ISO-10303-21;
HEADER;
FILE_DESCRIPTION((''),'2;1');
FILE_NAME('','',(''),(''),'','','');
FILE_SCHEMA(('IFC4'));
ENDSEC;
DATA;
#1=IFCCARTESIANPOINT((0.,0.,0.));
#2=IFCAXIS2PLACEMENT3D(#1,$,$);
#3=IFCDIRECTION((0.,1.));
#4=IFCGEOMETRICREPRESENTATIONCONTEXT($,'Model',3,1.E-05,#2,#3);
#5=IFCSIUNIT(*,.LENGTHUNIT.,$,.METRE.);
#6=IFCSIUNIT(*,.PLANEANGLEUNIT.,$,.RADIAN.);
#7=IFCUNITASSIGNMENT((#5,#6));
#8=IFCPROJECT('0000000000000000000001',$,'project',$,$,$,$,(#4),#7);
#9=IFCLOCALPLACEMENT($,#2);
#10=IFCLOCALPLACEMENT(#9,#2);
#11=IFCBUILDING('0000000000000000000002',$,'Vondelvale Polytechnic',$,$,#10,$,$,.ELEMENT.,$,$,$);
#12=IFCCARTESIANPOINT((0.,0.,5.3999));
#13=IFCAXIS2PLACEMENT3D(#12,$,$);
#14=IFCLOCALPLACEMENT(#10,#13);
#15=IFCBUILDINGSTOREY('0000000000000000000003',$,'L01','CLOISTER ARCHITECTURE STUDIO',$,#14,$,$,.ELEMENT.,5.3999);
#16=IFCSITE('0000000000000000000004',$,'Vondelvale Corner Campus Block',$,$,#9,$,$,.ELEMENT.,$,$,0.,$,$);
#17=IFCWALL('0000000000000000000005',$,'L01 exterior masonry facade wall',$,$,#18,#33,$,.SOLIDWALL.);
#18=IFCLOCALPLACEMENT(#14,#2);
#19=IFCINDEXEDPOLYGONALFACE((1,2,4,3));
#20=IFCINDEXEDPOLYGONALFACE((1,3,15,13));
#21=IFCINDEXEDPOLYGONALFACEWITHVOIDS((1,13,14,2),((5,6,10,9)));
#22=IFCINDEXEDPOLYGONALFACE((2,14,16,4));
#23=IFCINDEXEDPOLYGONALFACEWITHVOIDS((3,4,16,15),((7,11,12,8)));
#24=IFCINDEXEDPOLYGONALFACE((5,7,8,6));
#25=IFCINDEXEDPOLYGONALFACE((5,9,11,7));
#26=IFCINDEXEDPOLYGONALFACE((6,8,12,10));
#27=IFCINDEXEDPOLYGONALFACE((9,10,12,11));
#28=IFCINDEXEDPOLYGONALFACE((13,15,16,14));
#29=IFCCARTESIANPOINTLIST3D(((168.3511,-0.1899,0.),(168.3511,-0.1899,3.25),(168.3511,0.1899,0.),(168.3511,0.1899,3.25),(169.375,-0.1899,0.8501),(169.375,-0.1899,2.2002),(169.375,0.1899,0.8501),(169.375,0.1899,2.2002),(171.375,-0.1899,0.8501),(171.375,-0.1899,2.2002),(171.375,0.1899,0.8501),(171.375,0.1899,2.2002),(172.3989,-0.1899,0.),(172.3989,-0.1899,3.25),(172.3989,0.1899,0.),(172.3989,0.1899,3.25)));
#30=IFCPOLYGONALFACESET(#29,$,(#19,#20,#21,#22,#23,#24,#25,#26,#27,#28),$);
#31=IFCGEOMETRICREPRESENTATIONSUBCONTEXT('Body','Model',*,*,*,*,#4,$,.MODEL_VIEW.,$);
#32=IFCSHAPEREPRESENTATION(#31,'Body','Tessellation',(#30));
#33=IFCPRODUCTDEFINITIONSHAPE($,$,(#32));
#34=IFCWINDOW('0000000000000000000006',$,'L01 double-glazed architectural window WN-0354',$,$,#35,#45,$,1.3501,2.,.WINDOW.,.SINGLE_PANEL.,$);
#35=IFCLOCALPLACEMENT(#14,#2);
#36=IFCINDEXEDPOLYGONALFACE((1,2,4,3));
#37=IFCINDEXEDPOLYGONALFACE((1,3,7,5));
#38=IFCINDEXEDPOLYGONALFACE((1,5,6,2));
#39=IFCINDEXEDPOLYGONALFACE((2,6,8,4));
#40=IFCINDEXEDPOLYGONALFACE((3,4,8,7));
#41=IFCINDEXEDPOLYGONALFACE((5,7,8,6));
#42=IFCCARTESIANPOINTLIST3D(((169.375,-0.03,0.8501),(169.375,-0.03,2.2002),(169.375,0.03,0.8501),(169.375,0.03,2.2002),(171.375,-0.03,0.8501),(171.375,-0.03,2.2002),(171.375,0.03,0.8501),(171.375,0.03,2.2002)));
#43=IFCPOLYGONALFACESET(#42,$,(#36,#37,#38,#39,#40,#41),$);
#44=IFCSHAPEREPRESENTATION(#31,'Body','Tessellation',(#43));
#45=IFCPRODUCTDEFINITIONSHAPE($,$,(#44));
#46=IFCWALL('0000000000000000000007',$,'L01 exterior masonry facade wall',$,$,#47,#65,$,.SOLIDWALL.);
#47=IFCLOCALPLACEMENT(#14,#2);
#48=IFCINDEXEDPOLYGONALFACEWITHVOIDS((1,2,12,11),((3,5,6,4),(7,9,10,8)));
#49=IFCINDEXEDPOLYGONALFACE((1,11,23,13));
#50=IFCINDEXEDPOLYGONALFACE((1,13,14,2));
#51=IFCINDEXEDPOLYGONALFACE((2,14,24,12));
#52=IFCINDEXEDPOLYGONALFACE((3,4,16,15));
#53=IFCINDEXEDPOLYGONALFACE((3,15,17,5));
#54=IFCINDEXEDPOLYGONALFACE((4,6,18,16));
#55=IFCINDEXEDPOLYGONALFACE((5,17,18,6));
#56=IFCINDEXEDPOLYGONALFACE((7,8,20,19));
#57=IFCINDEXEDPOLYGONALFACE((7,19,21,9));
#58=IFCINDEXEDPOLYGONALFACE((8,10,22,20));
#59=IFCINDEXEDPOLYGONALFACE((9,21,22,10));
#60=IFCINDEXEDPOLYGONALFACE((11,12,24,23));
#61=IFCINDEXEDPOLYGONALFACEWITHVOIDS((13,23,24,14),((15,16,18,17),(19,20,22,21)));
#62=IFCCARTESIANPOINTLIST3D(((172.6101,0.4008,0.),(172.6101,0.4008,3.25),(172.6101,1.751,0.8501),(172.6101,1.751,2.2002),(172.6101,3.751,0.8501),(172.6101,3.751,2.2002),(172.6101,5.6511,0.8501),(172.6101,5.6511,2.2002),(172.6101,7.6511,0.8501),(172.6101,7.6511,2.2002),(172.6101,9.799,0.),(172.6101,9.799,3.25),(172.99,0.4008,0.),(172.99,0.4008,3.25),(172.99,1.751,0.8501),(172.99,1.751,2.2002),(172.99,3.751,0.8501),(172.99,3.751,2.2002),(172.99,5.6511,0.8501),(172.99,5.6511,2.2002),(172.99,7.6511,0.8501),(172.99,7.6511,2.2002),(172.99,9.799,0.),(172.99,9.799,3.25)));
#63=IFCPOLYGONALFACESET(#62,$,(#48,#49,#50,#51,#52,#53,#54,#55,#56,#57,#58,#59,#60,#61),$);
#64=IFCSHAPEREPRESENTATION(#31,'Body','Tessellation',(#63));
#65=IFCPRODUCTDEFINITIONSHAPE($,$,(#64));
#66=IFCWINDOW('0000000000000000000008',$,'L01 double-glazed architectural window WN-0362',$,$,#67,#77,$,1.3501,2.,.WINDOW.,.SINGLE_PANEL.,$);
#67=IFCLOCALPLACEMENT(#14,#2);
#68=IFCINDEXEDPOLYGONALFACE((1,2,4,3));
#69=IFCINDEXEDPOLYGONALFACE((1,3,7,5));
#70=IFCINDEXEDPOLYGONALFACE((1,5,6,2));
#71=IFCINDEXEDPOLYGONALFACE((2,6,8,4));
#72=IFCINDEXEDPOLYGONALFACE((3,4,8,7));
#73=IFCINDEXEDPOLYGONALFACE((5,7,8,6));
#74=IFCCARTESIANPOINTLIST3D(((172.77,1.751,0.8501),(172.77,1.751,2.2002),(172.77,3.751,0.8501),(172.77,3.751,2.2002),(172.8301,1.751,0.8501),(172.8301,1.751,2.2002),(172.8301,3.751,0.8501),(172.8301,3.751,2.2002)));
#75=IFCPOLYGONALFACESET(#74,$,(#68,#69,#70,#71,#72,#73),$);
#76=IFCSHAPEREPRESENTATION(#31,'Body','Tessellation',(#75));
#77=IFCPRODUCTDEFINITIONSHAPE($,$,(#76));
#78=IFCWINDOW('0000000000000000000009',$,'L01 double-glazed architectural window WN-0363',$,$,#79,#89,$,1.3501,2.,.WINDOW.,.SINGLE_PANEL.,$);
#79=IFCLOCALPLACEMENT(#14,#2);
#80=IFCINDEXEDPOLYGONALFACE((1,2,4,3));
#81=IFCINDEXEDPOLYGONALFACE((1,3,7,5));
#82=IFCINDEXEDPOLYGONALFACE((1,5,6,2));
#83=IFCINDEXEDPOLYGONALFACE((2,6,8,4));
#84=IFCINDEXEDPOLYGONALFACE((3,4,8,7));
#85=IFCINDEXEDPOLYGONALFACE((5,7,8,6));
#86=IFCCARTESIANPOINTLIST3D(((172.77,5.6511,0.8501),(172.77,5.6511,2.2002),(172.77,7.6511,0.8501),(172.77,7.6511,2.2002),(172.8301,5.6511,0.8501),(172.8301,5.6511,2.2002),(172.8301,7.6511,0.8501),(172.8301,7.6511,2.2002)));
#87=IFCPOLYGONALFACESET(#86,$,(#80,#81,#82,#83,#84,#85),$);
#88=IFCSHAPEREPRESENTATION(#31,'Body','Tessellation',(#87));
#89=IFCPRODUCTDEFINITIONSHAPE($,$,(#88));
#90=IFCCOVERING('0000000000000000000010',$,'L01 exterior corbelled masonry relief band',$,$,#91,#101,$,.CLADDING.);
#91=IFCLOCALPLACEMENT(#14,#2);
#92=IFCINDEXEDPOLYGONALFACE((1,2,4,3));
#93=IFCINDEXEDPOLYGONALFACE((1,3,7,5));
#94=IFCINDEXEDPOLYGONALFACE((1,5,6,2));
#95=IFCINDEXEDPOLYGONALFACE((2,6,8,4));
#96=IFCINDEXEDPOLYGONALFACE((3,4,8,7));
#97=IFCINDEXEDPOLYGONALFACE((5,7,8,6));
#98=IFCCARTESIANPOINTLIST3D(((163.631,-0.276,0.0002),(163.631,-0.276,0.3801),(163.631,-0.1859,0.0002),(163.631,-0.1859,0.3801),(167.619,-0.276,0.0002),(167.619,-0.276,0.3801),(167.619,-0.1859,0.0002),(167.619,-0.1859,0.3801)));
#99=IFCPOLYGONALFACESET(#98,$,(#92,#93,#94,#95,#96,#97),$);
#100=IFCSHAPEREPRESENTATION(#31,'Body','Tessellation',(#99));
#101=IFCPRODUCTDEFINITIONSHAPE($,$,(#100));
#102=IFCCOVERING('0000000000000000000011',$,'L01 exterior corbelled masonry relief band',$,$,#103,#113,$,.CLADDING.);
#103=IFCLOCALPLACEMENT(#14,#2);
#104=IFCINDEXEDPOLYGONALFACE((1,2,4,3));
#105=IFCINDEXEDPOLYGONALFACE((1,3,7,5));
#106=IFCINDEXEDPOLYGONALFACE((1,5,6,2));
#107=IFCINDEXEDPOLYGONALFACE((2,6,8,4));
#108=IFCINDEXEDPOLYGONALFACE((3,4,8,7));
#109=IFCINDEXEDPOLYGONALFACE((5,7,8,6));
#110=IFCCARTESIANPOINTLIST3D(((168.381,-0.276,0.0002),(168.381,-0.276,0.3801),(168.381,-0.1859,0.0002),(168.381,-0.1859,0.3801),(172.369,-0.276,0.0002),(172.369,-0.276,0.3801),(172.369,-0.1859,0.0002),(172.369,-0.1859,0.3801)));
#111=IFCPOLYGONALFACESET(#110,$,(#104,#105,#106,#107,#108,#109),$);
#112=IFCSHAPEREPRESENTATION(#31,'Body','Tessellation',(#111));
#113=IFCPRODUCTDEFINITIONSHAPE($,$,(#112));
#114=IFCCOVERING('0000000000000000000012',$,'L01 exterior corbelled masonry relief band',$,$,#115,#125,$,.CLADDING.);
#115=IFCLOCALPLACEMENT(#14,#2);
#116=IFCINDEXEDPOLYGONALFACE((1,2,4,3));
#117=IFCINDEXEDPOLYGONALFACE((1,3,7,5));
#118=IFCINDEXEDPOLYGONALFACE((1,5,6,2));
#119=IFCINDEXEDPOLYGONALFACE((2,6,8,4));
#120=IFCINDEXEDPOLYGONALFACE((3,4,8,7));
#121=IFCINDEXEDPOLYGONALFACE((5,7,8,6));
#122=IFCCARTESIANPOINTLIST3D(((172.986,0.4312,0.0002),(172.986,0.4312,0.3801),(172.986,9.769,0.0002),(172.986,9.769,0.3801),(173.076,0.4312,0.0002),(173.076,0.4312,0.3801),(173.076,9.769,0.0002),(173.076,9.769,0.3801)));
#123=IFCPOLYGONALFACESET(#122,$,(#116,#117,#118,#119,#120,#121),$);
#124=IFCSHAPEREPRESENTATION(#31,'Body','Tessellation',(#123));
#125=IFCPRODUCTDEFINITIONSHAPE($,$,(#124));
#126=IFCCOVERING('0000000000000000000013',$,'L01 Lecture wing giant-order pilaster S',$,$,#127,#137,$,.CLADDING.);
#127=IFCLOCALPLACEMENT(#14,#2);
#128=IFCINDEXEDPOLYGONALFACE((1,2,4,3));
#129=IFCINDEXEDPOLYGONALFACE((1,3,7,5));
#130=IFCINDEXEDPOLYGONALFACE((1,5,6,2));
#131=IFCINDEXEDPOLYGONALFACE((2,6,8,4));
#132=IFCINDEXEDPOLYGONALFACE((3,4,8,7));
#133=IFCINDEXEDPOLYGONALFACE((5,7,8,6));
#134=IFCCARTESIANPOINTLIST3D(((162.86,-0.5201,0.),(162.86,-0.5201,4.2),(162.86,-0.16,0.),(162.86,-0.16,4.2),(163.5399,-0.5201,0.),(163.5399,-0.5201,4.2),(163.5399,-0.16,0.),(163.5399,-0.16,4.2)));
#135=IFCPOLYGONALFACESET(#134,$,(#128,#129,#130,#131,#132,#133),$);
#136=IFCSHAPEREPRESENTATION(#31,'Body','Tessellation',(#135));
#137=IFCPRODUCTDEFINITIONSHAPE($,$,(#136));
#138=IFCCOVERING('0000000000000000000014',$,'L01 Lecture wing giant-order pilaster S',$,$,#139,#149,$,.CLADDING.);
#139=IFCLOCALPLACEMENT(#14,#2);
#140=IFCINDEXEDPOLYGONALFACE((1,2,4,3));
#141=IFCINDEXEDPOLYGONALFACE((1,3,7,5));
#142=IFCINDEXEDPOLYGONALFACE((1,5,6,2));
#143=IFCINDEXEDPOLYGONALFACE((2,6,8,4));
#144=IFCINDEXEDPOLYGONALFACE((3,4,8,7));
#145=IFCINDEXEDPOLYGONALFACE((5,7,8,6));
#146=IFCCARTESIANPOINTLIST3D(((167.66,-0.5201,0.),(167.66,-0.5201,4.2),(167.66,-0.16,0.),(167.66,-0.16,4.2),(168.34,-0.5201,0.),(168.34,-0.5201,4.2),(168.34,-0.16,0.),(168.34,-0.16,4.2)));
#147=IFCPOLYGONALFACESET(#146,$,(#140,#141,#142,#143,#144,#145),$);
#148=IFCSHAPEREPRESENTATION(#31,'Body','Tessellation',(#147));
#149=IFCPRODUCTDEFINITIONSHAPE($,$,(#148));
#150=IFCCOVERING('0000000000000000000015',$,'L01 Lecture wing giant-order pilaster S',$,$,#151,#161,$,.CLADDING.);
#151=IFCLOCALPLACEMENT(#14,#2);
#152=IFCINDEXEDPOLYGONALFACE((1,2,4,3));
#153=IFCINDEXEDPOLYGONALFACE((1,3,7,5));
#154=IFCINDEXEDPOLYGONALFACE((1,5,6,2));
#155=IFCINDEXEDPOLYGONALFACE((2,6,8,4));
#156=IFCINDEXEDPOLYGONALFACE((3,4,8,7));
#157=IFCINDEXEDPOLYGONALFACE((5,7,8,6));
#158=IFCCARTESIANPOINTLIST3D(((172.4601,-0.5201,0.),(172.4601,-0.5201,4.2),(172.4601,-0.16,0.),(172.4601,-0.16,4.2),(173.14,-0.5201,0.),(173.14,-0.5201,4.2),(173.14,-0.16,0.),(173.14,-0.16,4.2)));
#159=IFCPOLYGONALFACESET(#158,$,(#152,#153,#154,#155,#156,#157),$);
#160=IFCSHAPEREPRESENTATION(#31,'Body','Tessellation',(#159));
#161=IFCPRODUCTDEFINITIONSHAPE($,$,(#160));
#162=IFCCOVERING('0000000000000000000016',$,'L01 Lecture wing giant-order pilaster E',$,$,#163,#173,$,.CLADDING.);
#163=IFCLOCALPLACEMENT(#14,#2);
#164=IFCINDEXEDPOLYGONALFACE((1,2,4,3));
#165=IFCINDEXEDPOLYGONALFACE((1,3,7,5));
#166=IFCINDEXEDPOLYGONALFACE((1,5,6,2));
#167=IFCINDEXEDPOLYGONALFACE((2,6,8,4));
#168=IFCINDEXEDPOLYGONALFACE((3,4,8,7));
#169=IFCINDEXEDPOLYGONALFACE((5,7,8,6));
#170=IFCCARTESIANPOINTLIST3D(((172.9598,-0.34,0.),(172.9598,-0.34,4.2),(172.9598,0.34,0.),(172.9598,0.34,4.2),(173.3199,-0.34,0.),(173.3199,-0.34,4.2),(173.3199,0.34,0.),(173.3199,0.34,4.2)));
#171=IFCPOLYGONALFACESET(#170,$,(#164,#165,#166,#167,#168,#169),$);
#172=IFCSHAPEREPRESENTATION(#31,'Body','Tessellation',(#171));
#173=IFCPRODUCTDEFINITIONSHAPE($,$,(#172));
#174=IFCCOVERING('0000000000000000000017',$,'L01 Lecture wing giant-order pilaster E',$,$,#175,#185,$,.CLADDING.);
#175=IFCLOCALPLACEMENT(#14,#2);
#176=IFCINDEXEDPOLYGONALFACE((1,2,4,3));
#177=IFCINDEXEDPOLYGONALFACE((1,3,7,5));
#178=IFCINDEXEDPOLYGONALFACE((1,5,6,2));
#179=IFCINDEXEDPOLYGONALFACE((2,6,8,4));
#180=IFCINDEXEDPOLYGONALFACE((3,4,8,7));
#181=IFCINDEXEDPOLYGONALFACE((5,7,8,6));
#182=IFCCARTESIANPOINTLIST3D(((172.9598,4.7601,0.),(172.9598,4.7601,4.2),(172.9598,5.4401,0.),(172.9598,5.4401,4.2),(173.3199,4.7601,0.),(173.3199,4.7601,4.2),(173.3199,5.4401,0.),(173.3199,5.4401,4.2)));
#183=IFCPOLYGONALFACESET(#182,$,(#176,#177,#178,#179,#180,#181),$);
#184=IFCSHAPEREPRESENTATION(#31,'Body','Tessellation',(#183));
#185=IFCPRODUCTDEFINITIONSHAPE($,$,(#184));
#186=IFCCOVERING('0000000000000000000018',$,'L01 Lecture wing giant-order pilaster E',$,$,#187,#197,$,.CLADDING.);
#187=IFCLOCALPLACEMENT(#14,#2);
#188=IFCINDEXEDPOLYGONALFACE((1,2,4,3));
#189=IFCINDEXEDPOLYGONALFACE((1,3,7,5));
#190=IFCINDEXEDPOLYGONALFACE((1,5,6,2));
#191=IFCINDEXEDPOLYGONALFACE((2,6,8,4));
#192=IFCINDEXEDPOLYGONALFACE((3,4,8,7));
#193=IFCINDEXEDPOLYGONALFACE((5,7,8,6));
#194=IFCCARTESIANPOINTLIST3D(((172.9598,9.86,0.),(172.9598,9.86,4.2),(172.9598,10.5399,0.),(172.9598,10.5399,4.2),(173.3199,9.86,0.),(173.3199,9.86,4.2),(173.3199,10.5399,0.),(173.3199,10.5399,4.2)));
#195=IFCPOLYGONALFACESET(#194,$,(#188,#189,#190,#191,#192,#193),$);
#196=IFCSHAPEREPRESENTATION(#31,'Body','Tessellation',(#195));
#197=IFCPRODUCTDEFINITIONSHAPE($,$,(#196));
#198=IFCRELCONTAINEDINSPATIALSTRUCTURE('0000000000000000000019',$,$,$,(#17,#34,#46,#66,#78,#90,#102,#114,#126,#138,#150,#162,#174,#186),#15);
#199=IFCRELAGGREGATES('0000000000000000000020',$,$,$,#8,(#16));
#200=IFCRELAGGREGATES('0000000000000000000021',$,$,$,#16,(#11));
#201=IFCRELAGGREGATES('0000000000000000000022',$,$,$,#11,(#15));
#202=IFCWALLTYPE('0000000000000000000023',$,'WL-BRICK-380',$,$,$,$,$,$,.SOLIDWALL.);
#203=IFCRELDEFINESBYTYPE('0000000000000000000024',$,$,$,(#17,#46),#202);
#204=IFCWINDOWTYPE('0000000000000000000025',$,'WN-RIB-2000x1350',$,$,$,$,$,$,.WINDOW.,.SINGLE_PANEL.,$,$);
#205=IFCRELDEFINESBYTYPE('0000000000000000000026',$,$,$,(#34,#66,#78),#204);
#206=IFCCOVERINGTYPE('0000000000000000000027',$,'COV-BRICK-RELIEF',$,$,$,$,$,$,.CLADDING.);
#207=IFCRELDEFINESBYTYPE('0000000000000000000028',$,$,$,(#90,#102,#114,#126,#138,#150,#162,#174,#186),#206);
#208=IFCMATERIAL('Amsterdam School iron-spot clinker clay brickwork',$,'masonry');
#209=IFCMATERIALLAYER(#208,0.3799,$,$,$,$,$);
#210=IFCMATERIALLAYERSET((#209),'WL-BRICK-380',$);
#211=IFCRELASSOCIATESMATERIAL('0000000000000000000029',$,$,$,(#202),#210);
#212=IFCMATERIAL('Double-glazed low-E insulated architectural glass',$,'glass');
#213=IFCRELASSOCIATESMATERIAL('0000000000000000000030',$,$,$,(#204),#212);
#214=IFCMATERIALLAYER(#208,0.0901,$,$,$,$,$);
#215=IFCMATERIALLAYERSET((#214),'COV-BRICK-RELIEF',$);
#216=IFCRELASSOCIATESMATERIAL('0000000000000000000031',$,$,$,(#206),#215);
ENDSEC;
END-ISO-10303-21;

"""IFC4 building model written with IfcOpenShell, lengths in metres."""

from ifc_helpers import new_model, si_unit, direction, frame, frame_2d, origin, origin_2d, place, context, subcontext, project, spatial, rectangle, extrude, material, layer, layer_set, type_object, element, fill, save


model = new_model("IFC4")

# Units and contexts
model_context = context("Model", 3, precision=1e-05, world=origin(), true_north=direction((0.0, 1.0)))
body_context = subcontext(model_context, "Body", "Model", "MODEL_VIEW")
ifc_project = project(units=[si_unit("LENGTHUNIT", "METRE"), si_unit("PLANEANGLEUNIT", "RADIAN")], contexts=[model_context])

# Site, building, storey
site_placement = place(None, origin())
site = spatial("IfcSite", under=ifc_project, at=site_placement, Name="Vondelvale Corner Campus Block", CompositionType="ELEMENT", RefElevation=0.0)
building_placement = place(site_placement, origin())
building = spatial("IfcBuilding", under=site, at=building_placement, Name="Vondelvale Polytechnic", CompositionType="ELEMENT")
storey_placement = place(building_placement, frame((0.0, 0.0, 5.3999)))
storey = spatial("IfcBuildingStorey", under=building, at=storey_placement, Name="L01", Description="CLOISTER ARCHITECTURE STUDIO", CompositionType="ELEMENT", Elevation=5.3999)

# Wall, opening, window
ifc_material_1 = material(Name="Amsterdam School iron-spot clinker clay brickwork", Category="masonry")
ifc_layer_1 = layer(ifc_material_1, 0.3799)
ifc_layer_set_1 = layer_set([ifc_layer_1], Name="WL-BRICK-380")
wall_type = type_object("IfcWallType", Name="WL-BRICK-380", PredefinedType="SOLIDWALL", material=ifc_layer_set_1)
ifc_material_2 = material(Name="Double-glazed low-E insulated architectural glass", Category="glass")
window_type = type_object("IfcWindowType", Name="WN-RIB-2000x1350", PartitioningType="SINGLE_PANEL", PredefinedType="WINDOW", material=ifc_material_2)
wall_1_placement = place(storey_placement, frame((172.3989, 0.0, 0.0), z_axis=(0.0, 0.0, 1.0), x_axis=(-1.0, 0.0, 0.0)))
wall_1 = element("IfcWall", 1, at=wall_1_placement, inside=storey, type_object=wall_type, Name="L01 exterior masonry facade wall", PredefinedType="SOLIDWALL", context=body_context, shape_type="SweptSolid", body=[
    extrude(rectangle(XDim=4.0479, YDim=0.3799, at=frame_2d((2.0239, 0.0))), origin(), (0.0, 0.0, 1.0), 3.25),
])
opening_1_placement = place(wall_1_placement, frame((1.0239, 0.0, 0.8501)))
opening_1 = element("IfcOpeningElement", 2, at=opening_1_placement, cuts=wall_1, PredefinedType="OPENING", context=body_context, shape_type="SweptSolid", body=[
    extrude(rectangle(XDim=2.0, YDim=1.3501, at=frame_2d((1.0, 0.675))), frame((0.0, 0.2, 0.0), z_axis=(0.0, -1.0, 0.0), x_axis=(1.0, 0.0, 0.0)), (0.0, 0.0, 1.0), 0.3999),
])
window_1_placement = place(opening_1_placement, origin())
window_1 = element("IfcWindow", 3, at=window_1_placement, inside=storey, type_object=window_type, Name="L01 double-glazed architectural window WN-0354", OverallHeight=1.3501, OverallWidth=2.0, PartitioningType="SINGLE_PANEL", PredefinedType="WINDOW", context=body_context, shape_type="SweptSolid", body=[
    extrude(rectangle(XDim=2.0, YDim=1.3501, at=frame_2d((1.0, 0.675))), frame((0.0, 0.03, 0.0), z_axis=(0.0, -1.0, 0.0), x_axis=(1.0, 0.0, 0.0)), (0.0, 0.0, 1.0), 0.0601),
])
fill(opening_1, window_1)

# Wall, openings, windows
wall_2_placement = place(storey_placement, frame((172.8, 9.7991, 0.0), z_axis=(0.0, 0.0, 1.0), x_axis=(0.0, -1.0, 0.0)))
wall_2 = element("IfcWall", 4, at=wall_2_placement, inside=storey, type_object=wall_type, Name="L01 exterior masonry facade wall", PredefinedType="SOLIDWALL", context=body_context, shape_type="SweptSolid", body=[
    extrude(rectangle(XDim=9.3982, YDim=0.3799, at=frame_2d((4.6992, 0.0))), origin(), (0.0, 0.0, 1.0), 3.25),
])
opening_2_placement = place(wall_2_placement, frame((6.0481, 0.0, 0.8501)))
opening_2 = element("IfcOpeningElement", 5, at=opening_2_placement, cuts=wall_2, PredefinedType="OPENING", context=body_context, shape_type="SweptSolid", body=[
    extrude(rectangle(XDim=2.0, YDim=1.3501, at=frame_2d((1.0, 0.675))), frame((0.0, 0.2, 0.0), z_axis=(0.0, -1.0, 0.0), x_axis=(1.0, 0.0, 0.0)), (0.0, 0.0, 1.0), 0.3999),
])
opening_3_placement = place(wall_2_placement, frame((2.1479, 0.0, 0.8501)))
opening_3 = element("IfcOpeningElement", 6, at=opening_3_placement, cuts=wall_2, PredefinedType="OPENING", context=body_context, shape_type="SweptSolid", body=[
    extrude(rectangle(XDim=2.0, YDim=1.3501, at=frame_2d((1.0, 0.675))), frame((0.0, 0.2, 0.0), z_axis=(0.0, -1.0, 0.0), x_axis=(1.0, 0.0, 0.0)), (0.0, 0.0, 1.0), 0.3999),
])
window_2_placement = place(opening_2_placement, origin())
window_2 = element("IfcWindow", 7, at=window_2_placement, inside=storey, type_object=window_type, Name="L01 double-glazed architectural window WN-0362", OverallHeight=1.3501, OverallWidth=2.0, PartitioningType="SINGLE_PANEL", PredefinedType="WINDOW", context=body_context, shape_type="SweptSolid", body=[
    extrude(rectangle(XDim=2.0, YDim=1.3501, at=frame_2d((1.0, 0.675))), frame((0.0, 0.03, 0.0), z_axis=(0.0, -1.0, 0.0), x_axis=(1.0, 0.0, 0.0)), (0.0, 0.0, 1.0), 0.0601),
])
fill(opening_2, window_2)
window_3_placement = place(opening_3_placement, origin())
window_3 = element("IfcWindow", 8, at=window_3_placement, inside=storey, type_object=window_type, Name="L01 double-glazed architectural window WN-0363", OverallHeight=1.3501, OverallWidth=2.0, PartitioningType="SINGLE_PANEL", PredefinedType="WINDOW", context=body_context, shape_type="SweptSolid", body=[
    extrude(rectangle(XDim=2.0, YDim=1.3501, at=frame_2d((1.0, 0.675))), frame((0.0, 0.03, 0.0), z_axis=(0.0, -1.0, 0.0), x_axis=(1.0, 0.0, 0.0)), (0.0, 0.0, 1.0), 0.0601),
])
fill(opening_3, window_3)

# Coverings
ifc_layer_2 = layer(ifc_material_1, 0.0901)
ifc_layer_set_2 = layer_set([ifc_layer_2], Name="COV-BRICK-RELIEF")
covering_type = type_object("IfcCoveringType", Name="COV-BRICK-RELIEF", PredefinedType="CLADDING", material=ifc_layer_set_2)
for number, where, z_axis, x_axis, name in (
    (9, (165.625, -0.231, 0.0002), (0.0, 0.0, 1.0), (-1.0, 0.0, 0.0), "L01 exterior corbelled masonry relief band"),
    (10, (170.375, -0.231, 0.0002), (0.0, 0.0, 1.0), (-1.0, 0.0, 0.0), "L01 exterior corbelled masonry relief band"),
):
    element("IfcCovering", number, at=place(storey_placement, frame(where, z_axis=z_axis, x_axis=x_axis)), inside=storey, type_object=covering_type, Name=name, PredefinedType="CLADDING", context=body_context, shape_type="SweptSolid", body=[
        extrude(rectangle(XDim=3.988, YDim=0.0901, at=origin_2d()), origin(), (0.0, 0.0, 1.0), 0.3799),
    ])
covering_placement = place(storey_placement, frame((173.031, 5.1001, 0.0002), z_axis=(0.0, 0.0, 1.0), x_axis=(0.0, -1.0, 0.0)))
element("IfcCovering", 11, at=covering_placement, inside=storey, type_object=covering_type, Name="L01 exterior corbelled masonry relief band", PredefinedType="CLADDING", context=body_context, shape_type="SweptSolid", body=[
    extrude(rectangle(XDim=9.3379, YDim=0.0901, at=origin_2d()), origin(), (0.0, 0.0, 1.0), 0.3799),
])
for number, where, z_axis, x_axis, name in (
    (12, (163.2, -0.3401, 0.0), (0.0, 0.0, 1.0), (1.0, 0.0, 0.0), "L01 Lecture wing giant-order pilaster S"),
    (13, (168.0, -0.3401, 0.0), (0.0, 0.0, 1.0), (1.0, 0.0, 0.0), "L01 Lecture wing giant-order pilaster S"),
    (14, (172.8, -0.3401, 0.0), (0.0, 0.0, 1.0), (1.0, 0.0, 0.0), "L01 Lecture wing giant-order pilaster S"),
):
    element("IfcCovering", number, at=place(storey_placement, frame(where, z_axis=z_axis, x_axis=x_axis)), inside=storey, type_object=covering_type, Name=name, PredefinedType="CLADDING", context=body_context, shape_type="SweptSolid", body=[
        extrude(rectangle(XDim=0.6799, YDim=0.3601, at=origin_2d()), origin(), (0.0, 0.0, 1.0), 4.2),
    ])
for number, where, z_axis, x_axis, name in (
    (15, (173.1399, 0.0, 0.0), (0.0, 0.0, 1.0), (1.0, 0.0, 0.0), "L01 Lecture wing giant-order pilaster E"),
    (16, (173.1399, 5.1001, 0.0), (0.0, 0.0, 1.0), (1.0, 0.0, 0.0), "L01 Lecture wing giant-order pilaster E"),
    (17, (173.1399, 10.2, 0.0), (0.0, 0.0, 1.0), (1.0, 0.0, 0.0), "L01 Lecture wing giant-order pilaster E"),
):
    element("IfcCovering", number, at=place(storey_placement, frame(where, z_axis=z_axis, x_axis=x_axis)), inside=storey, type_object=covering_type, Name=name, PredefinedType="CLADDING", context=body_context, shape_type="SweptSolid", body=[
        extrude(rectangle(XDim=0.3601, YDim=0.6799, at=origin_2d()), origin(), (0.0, 0.0, 1.0), 4.2),
    ])

save(model, "model.ifc")
